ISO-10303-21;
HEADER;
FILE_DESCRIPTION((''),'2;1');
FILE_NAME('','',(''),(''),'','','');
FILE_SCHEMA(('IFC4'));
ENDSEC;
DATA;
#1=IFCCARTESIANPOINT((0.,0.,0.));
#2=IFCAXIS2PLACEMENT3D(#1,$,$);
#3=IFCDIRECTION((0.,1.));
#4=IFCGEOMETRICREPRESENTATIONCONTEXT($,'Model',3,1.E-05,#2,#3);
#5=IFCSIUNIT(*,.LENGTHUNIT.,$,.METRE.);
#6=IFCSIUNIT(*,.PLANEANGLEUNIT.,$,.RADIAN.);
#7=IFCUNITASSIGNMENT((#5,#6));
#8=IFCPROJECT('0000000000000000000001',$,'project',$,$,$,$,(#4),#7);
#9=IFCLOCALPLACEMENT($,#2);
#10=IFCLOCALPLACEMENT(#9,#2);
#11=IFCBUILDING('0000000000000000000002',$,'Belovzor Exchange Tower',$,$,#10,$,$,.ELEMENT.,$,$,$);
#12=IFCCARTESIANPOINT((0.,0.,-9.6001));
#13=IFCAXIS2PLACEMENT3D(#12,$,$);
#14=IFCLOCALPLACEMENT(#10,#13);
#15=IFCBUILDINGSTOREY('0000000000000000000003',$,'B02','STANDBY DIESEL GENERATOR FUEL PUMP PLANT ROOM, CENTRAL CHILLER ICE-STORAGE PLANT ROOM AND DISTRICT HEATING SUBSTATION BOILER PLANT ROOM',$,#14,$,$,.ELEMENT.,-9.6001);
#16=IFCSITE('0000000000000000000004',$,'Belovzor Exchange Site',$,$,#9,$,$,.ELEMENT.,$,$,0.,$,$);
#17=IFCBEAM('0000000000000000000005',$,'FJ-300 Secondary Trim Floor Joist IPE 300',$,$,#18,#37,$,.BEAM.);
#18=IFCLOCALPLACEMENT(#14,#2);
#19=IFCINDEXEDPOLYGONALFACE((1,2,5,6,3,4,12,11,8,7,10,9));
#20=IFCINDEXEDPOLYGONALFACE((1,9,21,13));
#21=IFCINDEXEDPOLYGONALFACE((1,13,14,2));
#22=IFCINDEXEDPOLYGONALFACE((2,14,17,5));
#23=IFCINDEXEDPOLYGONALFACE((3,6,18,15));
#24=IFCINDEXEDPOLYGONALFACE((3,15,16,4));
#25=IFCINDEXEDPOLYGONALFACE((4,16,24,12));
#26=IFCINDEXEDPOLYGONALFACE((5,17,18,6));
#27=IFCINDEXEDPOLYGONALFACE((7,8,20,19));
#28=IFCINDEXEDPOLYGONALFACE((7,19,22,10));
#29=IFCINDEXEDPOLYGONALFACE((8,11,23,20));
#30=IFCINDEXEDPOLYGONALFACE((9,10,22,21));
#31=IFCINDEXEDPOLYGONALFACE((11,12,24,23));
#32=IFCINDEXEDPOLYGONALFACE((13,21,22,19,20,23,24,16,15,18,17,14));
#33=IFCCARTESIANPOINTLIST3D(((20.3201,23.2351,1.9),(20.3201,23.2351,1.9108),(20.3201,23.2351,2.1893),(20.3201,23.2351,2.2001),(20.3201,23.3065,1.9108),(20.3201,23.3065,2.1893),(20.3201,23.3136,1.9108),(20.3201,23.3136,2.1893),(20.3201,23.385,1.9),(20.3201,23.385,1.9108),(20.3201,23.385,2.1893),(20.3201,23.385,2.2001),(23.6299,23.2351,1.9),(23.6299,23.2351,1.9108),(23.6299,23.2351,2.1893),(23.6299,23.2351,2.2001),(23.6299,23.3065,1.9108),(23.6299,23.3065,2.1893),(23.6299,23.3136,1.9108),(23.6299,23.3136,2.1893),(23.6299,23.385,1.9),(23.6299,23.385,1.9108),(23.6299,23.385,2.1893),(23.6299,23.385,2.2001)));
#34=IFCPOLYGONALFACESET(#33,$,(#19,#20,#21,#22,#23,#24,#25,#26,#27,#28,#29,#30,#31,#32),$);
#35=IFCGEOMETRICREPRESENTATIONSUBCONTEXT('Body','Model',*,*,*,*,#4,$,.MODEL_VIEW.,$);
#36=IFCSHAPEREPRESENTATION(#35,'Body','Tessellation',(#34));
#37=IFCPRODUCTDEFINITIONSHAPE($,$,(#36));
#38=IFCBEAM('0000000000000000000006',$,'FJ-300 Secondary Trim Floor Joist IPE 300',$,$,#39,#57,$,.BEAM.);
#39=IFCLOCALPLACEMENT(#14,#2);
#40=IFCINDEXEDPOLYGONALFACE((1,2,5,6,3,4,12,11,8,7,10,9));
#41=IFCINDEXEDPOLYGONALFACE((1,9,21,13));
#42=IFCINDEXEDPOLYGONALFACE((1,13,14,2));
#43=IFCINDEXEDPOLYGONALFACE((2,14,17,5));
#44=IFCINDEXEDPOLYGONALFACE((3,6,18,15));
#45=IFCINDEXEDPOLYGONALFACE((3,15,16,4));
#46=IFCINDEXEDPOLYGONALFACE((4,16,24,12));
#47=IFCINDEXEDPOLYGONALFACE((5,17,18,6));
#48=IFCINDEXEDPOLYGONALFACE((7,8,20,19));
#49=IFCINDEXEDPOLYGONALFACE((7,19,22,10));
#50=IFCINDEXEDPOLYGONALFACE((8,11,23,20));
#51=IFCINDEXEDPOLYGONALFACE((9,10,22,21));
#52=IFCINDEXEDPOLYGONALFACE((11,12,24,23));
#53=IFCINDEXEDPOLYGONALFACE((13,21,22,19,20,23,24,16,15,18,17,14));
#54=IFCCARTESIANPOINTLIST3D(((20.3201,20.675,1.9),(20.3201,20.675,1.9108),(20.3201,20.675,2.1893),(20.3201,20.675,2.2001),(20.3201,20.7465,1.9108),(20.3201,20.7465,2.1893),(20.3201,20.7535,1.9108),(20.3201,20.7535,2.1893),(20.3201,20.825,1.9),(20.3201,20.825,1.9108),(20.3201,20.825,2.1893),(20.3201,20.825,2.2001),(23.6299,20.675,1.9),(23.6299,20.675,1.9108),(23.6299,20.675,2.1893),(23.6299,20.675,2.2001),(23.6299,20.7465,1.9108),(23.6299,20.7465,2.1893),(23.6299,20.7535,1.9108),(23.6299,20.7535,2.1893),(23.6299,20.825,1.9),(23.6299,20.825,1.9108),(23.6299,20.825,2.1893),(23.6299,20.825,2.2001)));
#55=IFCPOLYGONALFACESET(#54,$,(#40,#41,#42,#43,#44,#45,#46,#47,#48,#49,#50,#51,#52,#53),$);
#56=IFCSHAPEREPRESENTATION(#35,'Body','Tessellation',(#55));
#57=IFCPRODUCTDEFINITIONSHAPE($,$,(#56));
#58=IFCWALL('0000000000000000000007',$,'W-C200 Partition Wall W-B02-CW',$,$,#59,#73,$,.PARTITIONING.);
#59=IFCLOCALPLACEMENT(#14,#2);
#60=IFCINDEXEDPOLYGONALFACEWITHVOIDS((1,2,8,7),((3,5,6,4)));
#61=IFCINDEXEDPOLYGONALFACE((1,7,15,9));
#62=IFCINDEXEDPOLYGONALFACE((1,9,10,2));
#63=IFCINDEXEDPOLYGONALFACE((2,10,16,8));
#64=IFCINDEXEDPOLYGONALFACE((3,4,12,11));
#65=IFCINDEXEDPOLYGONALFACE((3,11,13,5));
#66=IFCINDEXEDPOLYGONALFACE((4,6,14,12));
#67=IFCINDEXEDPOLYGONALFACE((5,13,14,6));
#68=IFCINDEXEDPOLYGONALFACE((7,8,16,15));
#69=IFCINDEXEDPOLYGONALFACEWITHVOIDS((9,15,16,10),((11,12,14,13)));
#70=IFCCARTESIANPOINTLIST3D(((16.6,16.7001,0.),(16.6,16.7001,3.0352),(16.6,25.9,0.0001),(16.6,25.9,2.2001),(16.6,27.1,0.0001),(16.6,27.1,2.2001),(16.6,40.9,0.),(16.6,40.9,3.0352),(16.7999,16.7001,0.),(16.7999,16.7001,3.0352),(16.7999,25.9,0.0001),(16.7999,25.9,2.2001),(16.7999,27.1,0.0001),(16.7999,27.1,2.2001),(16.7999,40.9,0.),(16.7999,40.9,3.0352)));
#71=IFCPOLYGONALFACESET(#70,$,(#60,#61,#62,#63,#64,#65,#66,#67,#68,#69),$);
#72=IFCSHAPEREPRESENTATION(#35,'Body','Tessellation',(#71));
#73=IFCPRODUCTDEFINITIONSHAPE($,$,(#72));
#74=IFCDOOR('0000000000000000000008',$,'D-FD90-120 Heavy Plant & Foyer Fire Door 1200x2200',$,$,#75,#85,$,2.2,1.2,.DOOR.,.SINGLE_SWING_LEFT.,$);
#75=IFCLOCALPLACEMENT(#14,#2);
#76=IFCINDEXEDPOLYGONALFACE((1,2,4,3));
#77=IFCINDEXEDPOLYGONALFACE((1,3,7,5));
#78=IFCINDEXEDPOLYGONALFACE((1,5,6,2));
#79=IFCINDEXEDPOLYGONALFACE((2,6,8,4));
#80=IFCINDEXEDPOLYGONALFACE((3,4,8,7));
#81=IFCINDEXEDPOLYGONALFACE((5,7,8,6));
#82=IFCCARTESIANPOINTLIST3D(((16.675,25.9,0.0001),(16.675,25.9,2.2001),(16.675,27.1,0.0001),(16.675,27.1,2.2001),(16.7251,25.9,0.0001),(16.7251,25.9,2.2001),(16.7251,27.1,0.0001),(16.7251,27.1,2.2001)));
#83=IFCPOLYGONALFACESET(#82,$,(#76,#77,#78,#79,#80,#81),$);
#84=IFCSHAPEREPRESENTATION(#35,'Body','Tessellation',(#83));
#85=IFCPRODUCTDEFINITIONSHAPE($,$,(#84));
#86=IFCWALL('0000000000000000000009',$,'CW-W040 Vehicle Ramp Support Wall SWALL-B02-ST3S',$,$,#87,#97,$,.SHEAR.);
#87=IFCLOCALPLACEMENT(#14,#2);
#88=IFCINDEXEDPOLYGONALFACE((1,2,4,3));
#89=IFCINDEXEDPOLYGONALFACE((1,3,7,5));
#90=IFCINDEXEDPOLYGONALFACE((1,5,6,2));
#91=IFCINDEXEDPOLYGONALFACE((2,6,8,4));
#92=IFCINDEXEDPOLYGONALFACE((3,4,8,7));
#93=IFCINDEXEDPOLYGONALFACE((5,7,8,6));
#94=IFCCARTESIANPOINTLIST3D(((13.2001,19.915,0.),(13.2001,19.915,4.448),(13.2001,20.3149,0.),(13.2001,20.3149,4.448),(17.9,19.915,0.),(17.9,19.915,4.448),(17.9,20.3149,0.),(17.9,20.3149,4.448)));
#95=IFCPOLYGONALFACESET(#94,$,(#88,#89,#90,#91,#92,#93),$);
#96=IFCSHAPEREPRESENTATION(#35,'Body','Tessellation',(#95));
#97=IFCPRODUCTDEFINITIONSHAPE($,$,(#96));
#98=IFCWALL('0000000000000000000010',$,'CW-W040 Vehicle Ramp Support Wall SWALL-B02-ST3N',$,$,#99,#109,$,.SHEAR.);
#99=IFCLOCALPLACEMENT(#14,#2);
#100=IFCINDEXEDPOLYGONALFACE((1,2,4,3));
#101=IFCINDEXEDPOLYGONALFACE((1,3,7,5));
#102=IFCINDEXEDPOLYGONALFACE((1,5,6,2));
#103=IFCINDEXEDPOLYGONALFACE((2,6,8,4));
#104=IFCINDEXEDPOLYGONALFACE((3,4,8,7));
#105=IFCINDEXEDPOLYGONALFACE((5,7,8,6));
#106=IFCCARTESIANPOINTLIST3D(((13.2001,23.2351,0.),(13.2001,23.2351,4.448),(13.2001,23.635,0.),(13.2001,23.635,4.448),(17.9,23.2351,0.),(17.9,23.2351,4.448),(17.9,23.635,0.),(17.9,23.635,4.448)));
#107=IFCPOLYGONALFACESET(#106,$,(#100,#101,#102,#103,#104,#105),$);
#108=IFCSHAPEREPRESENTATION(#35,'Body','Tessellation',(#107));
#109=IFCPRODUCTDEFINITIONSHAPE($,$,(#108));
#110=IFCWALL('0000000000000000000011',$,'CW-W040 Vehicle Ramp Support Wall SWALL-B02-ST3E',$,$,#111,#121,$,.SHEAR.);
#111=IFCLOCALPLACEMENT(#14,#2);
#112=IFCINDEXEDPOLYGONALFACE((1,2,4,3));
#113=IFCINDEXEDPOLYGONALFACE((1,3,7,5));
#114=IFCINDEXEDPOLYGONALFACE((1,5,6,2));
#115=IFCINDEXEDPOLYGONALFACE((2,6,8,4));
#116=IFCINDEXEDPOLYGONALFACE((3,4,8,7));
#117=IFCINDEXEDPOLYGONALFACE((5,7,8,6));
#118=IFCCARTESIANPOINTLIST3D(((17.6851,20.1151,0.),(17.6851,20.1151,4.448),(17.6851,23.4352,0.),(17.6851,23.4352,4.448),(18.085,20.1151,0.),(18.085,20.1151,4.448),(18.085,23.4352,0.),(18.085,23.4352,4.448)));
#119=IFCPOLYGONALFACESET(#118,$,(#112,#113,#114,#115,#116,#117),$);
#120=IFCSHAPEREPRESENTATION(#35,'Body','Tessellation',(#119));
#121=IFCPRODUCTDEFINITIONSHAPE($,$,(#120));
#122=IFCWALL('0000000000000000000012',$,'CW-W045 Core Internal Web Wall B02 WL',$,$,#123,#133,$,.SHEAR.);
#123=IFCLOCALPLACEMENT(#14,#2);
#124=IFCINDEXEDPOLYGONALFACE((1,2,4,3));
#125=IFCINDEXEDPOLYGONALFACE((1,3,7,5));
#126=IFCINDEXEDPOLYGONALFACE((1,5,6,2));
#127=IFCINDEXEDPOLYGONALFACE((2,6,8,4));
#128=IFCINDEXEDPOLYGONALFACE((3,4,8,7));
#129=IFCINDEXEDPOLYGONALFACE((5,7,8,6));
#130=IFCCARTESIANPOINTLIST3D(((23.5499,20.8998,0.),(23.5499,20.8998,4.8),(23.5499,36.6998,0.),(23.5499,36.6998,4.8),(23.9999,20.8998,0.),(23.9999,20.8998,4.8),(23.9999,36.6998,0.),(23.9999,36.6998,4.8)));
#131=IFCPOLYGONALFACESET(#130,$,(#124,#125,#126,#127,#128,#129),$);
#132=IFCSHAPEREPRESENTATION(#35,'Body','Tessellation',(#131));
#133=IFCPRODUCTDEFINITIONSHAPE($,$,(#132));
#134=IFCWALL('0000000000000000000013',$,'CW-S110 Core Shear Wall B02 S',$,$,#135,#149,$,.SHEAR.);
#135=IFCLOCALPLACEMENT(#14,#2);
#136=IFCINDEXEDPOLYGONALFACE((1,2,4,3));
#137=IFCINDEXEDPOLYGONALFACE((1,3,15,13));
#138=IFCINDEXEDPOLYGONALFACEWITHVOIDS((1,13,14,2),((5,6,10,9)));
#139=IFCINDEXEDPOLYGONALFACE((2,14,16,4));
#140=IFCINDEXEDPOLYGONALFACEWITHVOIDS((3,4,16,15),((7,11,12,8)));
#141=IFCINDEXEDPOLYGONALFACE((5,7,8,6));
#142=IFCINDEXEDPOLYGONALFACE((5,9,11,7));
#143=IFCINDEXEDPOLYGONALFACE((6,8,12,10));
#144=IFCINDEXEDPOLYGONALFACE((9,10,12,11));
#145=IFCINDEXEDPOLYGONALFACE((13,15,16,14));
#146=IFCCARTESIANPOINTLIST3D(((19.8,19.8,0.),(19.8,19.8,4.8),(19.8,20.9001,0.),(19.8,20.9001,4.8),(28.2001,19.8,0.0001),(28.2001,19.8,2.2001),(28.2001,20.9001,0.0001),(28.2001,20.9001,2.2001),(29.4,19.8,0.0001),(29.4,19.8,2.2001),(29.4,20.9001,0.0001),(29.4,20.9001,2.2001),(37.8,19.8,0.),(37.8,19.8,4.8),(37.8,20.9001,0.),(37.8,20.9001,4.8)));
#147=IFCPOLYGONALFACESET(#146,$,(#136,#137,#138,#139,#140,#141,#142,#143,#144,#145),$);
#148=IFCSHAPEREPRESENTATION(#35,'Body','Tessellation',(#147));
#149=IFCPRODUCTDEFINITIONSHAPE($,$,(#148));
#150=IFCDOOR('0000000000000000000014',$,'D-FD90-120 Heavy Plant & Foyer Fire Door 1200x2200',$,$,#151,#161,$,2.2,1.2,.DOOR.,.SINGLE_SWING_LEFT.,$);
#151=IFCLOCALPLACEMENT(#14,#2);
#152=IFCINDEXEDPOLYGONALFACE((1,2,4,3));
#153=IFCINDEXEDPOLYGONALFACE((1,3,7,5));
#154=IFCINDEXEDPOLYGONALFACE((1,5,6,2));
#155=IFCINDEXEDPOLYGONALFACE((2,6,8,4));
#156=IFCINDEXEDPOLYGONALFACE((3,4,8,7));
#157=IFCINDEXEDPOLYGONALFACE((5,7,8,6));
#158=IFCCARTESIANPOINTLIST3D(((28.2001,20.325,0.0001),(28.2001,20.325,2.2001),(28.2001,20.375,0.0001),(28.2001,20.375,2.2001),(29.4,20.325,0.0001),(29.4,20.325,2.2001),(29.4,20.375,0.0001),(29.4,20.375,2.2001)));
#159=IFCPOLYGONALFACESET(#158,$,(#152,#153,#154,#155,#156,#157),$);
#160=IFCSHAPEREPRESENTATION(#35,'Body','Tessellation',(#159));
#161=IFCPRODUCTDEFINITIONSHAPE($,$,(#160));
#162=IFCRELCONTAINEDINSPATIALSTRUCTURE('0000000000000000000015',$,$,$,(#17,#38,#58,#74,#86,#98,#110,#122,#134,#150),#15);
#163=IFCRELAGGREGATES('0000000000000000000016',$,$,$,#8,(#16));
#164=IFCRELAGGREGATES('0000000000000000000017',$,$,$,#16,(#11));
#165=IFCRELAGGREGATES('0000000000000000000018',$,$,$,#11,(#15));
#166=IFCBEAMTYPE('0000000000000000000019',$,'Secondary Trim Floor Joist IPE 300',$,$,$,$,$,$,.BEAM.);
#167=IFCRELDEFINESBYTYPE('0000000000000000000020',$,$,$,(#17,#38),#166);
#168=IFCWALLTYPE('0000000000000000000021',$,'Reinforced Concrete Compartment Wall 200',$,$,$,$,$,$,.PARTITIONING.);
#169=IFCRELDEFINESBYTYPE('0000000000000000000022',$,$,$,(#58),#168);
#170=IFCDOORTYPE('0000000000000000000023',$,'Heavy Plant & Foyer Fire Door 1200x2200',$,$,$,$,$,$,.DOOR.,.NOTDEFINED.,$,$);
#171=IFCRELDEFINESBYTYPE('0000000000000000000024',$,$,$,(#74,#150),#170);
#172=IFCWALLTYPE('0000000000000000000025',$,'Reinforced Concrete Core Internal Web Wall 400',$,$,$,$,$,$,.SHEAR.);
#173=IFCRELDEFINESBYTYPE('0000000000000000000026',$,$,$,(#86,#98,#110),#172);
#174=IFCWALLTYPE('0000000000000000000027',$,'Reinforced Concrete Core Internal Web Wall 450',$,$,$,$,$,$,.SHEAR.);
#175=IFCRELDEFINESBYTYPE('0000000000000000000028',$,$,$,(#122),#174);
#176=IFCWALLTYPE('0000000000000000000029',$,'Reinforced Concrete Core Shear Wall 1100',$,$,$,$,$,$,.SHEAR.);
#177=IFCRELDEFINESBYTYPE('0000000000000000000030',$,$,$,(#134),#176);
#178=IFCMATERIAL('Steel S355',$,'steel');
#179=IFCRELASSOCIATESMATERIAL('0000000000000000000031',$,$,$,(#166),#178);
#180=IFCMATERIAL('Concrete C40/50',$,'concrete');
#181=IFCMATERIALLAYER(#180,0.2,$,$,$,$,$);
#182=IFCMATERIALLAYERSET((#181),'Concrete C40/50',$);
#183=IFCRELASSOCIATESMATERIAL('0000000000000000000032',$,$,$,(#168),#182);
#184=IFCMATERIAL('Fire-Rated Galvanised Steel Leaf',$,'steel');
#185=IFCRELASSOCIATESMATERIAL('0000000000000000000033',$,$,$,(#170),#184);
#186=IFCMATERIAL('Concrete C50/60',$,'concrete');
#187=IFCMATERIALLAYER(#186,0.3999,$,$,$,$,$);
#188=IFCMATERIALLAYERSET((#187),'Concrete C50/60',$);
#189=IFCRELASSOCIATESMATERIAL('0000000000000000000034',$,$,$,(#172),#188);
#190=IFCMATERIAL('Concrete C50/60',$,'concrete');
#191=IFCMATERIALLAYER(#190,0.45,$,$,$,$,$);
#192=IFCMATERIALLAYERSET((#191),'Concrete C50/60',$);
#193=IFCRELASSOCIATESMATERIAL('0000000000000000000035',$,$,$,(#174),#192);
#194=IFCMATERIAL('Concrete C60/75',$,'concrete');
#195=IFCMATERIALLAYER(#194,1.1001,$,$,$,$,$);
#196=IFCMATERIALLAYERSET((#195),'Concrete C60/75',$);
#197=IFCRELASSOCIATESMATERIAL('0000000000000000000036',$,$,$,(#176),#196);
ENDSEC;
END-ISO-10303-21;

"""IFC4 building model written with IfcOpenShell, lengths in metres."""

from ifc_helpers import new_model, si_unit, direction, frame, frame_2d, origin, origin_2d, place, context, subcontext, project, spatial, rectangle, i_section, extrude, material, layer, layer_set, material_profile, profile_set, type_object, element, fill, save


model = new_model("IFC4")

# Units and contexts
model_context = context("Model", 3, precision=1e-05, world=origin(), true_north=direction((0.0, 1.0)))
body_context = subcontext(model_context, "Body", "Model", "MODEL_VIEW")
ifc_project = project(units=[si_unit("LENGTHUNIT", "METRE"), si_unit("PLANEANGLEUNIT", "RADIAN")], contexts=[model_context])

# Site, building, storey
site_placement = place(None, origin())
site = spatial("IfcSite", under=ifc_project, at=site_placement, Name="Belovzor Exchange Site", CompositionType="ELEMENT", RefElevation=0.0)
building_placement = place(site_placement, origin())
building = spatial("IfcBuilding", under=site, at=building_placement, Name="Belovzor Exchange Tower", CompositionType="ELEMENT")
storey_placement = place(building_placement, frame((0.0, 0.0, -9.6001)))
storey = spatial("IfcBuildingStorey", under=building, at=storey_placement, Name="B02", Description="STANDBY DIESEL GENERATOR FUEL PUMP PLANT ROOM, CENTRAL CHILLER ICE-STORAGE PLANT ROOM AND DISTRICT HEATING SUBSTATION BOILER PLANT ROOM", CompositionType="ELEMENT", Elevation=-9.6001)

# Beams
ifc_material_1 = material(Name="Steel S355", Category="steel")
ifc_material_profile_1 = material_profile(ifc_material_1, i_section(OverallWidth=0.1499, OverallDepth=0.3, WebThickness=0.0071, FlangeThickness=0.0107, at=origin_2d()))
ifc_profile_set_1 = profile_set([ifc_material_profile_1], Name="Steel S355")
beam_type = type_object("IfcBeamType", Name="Secondary Trim Floor Joist IPE 300", PredefinedType="BEAM", material=ifc_profile_set_1)
for number, where, z_axis, x_axis, name in (
    (1, (20.3201, 23.3101, 2.05), (1.0, 0.0, 0.0), (0.0, 1.0, 0.0), "FJ-300 Secondary Trim Floor Joist IPE 300"),
    (2, (20.3201, 20.75, 2.05), (1.0, 0.0, 0.0), (0.0, 1.0, 0.0), "FJ-300 Secondary Trim Floor Joist IPE 300"),
):
    element("IfcBeam", number, at=place(storey_placement, frame(where, z_axis=z_axis, x_axis=x_axis)), inside=storey, type_object=beam_type, Name=name, PredefinedType="BEAM", context=body_context, shape_type="SweptSolid", body=[
        extrude(i_section(OverallWidth=0.1499, OverallDepth=0.3, WebThickness=0.0071, FlangeThickness=0.0107, at=origin_2d()), origin(), (0.0, 0.0, 1.0), 3.3098),
    ])

# Wall, opening, door
ifc_material_2 = material(Name="Concrete C40/50", Category="concrete")
ifc_layer_1 = layer(ifc_material_2, 0.2)
ifc_layer_set_1 = layer_set([ifc_layer_1], Name="Concrete C40/50")
wall_type_1 = type_object("IfcWallType", Name="Reinforced Concrete Compartment Wall 200", PredefinedType="PARTITIONING", material=ifc_layer_set_1)
wall_1_placement = place(storey_placement, frame((16.7, 16.7, 0.0), z_axis=(0.0, 0.0, 1.0), x_axis=(0.0, 1.0, 0.0)))
wall_1 = element("IfcWall", 3, at=wall_1_placement, inside=storey, type_object=wall_type_1, Name="W-C200 Partition Wall W-B02-CW", PredefinedType="PARTITIONING", context=body_context, shape_type="SweptSolid", body=[
    extrude(rectangle(XDim=24.2, YDim=0.2, at=frame_2d((12.1001, 0.0))), origin(), (0.0, 0.0, 1.0), 3.0352),
])
opening_1_placement = place(wall_1_placement, frame((9.2, 0.0, 0.0)))
opening_1 = element("IfcOpeningElement", 4, at=opening_1_placement, cuts=wall_1, PredefinedType="OPENING", context=body_context, shape_type="SweptSolid", body=[
    extrude(rectangle(XDim=1.2, YDim=2.2, at=frame_2d((0.6001, 1.1001))), frame((0.0, 0.1099, 0.0), z_axis=(0.0, -1.0, 0.0), x_axis=(1.0, 0.0, 0.0)), (0.0, 0.0, 1.0), 0.22),
])
ifc_material_3 = material(Name="Fire-Rated Galvanised Steel Leaf", Category="steel")
door_type_1 = type_object("IfcDoorType", Name="Heavy Plant & Foyer Fire Door 1200x2200", OperationType="NOTDEFINED", PredefinedType="DOOR", material=ifc_material_3)
door_1_placement = place(opening_1_placement, origin())
door_1 = element("IfcDoor", 5, at=door_1_placement, inside=storey, type_object=door_type_1, Name="D-FD90-120 Heavy Plant & Foyer Fire Door 1200x2200", OperationType="SINGLE_SWING_LEFT", OverallHeight=2.2, OverallWidth=1.2, PredefinedType="DOOR", context=body_context, shape_type="SweptSolid", body=[
    extrude(rectangle(XDim=1.2, YDim=2.2, at=frame_2d((0.6001, 1.1001))), frame((0.0, 0.0249, 0.0), z_axis=(0.0, -1.0, 0.0), x_axis=(1.0, 0.0, 0.0)), (0.0, 0.0, 1.0), 0.05),
])
fill(opening_1, door_1)

# Walls
ifc_material_4 = material(Name="Concrete C50/60", Category="concrete")
ifc_layer_2 = layer(ifc_material_4, 0.3999)
ifc_layer_set_2 = layer_set([ifc_layer_2], Name="Concrete C50/60")
wall_type_2 = type_object("IfcWallType", Name="Reinforced Concrete Core Internal Web Wall 400", PredefinedType="SHEAR", material=ifc_layer_set_2)
for number, where, z_axis, x_axis, name in (
    (6, (13.2, 20.115, 0.0), (0.0, 0.0, 1.0), (1.0, 0.0, 0.0), "CW-W040 Vehicle Ramp Support Wall SWALL-B02-ST3S"),
    (7, (13.2, 23.4351, 0.0), (0.0, 0.0, 1.0), (1.0, 0.0, 0.0), "CW-W040 Vehicle Ramp Support Wall SWALL-B02-ST3N"),
):
    element("IfcWall", number, at=place(storey_placement, frame(where, z_axis=z_axis, x_axis=x_axis)), inside=storey, type_object=wall_type_2, Name=name, PredefinedType="SHEAR", context=body_context, shape_type="SweptSolid", body=[
        extrude(rectangle(XDim=4.7, YDim=0.3999, at=frame_2d((2.3501, 0.0))), origin(), (0.0, 0.0, 1.0), 4.448),
    ])
wall_2_placement = place(storey_placement, frame((17.885, 20.115, 0.0), z_axis=(0.0, 0.0, 1.0), x_axis=(0.0, 1.0, 0.0)))
element("IfcWall", 8, at=wall_2_placement, inside=storey, type_object=wall_type_2, Name="CW-W040 Vehicle Ramp Support Wall SWALL-B02-ST3E", PredefinedType="SHEAR", context=body_context, shape_type="SweptSolid", body=[
    extrude(rectangle(XDim=3.3201, YDim=0.3999, at=frame_2d((1.6602, 0.0))), origin(), (0.0, 0.0, 1.0), 4.448),
])
ifc_material_5 = material(Name="Concrete C50/60", Category="concrete")
ifc_layer_3 = layer(ifc_material_5, 0.45)
ifc_layer_set_3 = layer_set([ifc_layer_3], Name="Concrete C50/60")
wall_type_3 = type_object("IfcWallType", Name="Reinforced Concrete Core Internal Web Wall 450", PredefinedType="SHEAR", material=ifc_layer_set_3)
wall_3_placement = place(storey_placement, frame((23.7749, 20.8999, 0.0), z_axis=(0.0, 0.0, 1.0), x_axis=(0.0, 1.0, 0.0)))
element("IfcWall", 9, at=wall_3_placement, inside=storey, type_object=wall_type_3, Name="CW-W045 Core Internal Web Wall B02 WL", PredefinedType="SHEAR", context=body_context, shape_type="SweptSolid", body=[
    extrude(rectangle(XDim=15.8, YDim=0.45, at=frame_2d((7.8999, 0.0))), origin(), (0.0, 0.0, 1.0), 4.8),
])

# Wall, opening, door
ifc_material_6 = material(Name="Concrete C60/75", Category="concrete")
ifc_layer_4 = layer(ifc_material_6, 1.1001)
ifc_layer_set_4 = layer_set([ifc_layer_4], Name="Concrete C60/75")
wall_type_4 = type_object("IfcWallType", Name="Reinforced Concrete Core Shear Wall 1100", PredefinedType="SHEAR", material=ifc_layer_set_4)
wall_4_placement = place(storey_placement, frame((19.8, 20.3501, 0.0), z_axis=(0.0, 0.0, 1.0), x_axis=(1.0, 0.0, 0.0)))
wall_4 = element("IfcWall", 10, at=wall_4_placement, inside=storey, type_object=wall_type_4, Name="CW-S110 Core Shear Wall B02 S", PredefinedType="SHEAR", context=body_context, shape_type="SweptSolid", body=[
    extrude(rectangle(XDim=18.0, YDim=1.1001, at=frame_2d((9.0, 0.0))), origin(), (0.0, 0.0, 1.0), 4.8),
])
opening_2_placement = place(wall_4_placement, frame((8.3999, 0.0, 0.0)))
opening_2 = element("IfcOpeningElement", 11, at=opening_2_placement, cuts=wall_4, PredefinedType="OPENING", context=body_context, shape_type="SweptSolid", body=[
    extrude(rectangle(XDim=1.2, YDim=2.2, at=frame_2d((0.6001, 1.1001))), frame((0.0, 0.5601, 0.0), z_axis=(0.0, -1.0, 0.0), x_axis=(1.0, 0.0, 0.0)), (0.0, 0.0, 1.0), 1.1201),
])
door_2_placement = place(opening_2_placement, origin())
door_2 = element("IfcDoor", 12, at=door_2_placement, inside=storey, type_object=door_type_1, Name="D-FD90-120 Heavy Plant & Foyer Fire Door 1200x2200", OperationType="SINGLE_SWING_LEFT", OverallHeight=2.2, OverallWidth=1.2, PredefinedType="DOOR", context=body_context, shape_type="SweptSolid", body=[
    extrude(rectangle(XDim=1.2, YDim=2.2, at=frame_2d((0.6001, 1.1001))), frame((0.0, 0.0249, 0.0), z_axis=(0.0, -1.0, 0.0), x_axis=(1.0, 0.0, 0.0)), (0.0, 0.0, 1.0), 0.05),
])
fill(opening_2, door_2)

save(model, "model.ifc")
